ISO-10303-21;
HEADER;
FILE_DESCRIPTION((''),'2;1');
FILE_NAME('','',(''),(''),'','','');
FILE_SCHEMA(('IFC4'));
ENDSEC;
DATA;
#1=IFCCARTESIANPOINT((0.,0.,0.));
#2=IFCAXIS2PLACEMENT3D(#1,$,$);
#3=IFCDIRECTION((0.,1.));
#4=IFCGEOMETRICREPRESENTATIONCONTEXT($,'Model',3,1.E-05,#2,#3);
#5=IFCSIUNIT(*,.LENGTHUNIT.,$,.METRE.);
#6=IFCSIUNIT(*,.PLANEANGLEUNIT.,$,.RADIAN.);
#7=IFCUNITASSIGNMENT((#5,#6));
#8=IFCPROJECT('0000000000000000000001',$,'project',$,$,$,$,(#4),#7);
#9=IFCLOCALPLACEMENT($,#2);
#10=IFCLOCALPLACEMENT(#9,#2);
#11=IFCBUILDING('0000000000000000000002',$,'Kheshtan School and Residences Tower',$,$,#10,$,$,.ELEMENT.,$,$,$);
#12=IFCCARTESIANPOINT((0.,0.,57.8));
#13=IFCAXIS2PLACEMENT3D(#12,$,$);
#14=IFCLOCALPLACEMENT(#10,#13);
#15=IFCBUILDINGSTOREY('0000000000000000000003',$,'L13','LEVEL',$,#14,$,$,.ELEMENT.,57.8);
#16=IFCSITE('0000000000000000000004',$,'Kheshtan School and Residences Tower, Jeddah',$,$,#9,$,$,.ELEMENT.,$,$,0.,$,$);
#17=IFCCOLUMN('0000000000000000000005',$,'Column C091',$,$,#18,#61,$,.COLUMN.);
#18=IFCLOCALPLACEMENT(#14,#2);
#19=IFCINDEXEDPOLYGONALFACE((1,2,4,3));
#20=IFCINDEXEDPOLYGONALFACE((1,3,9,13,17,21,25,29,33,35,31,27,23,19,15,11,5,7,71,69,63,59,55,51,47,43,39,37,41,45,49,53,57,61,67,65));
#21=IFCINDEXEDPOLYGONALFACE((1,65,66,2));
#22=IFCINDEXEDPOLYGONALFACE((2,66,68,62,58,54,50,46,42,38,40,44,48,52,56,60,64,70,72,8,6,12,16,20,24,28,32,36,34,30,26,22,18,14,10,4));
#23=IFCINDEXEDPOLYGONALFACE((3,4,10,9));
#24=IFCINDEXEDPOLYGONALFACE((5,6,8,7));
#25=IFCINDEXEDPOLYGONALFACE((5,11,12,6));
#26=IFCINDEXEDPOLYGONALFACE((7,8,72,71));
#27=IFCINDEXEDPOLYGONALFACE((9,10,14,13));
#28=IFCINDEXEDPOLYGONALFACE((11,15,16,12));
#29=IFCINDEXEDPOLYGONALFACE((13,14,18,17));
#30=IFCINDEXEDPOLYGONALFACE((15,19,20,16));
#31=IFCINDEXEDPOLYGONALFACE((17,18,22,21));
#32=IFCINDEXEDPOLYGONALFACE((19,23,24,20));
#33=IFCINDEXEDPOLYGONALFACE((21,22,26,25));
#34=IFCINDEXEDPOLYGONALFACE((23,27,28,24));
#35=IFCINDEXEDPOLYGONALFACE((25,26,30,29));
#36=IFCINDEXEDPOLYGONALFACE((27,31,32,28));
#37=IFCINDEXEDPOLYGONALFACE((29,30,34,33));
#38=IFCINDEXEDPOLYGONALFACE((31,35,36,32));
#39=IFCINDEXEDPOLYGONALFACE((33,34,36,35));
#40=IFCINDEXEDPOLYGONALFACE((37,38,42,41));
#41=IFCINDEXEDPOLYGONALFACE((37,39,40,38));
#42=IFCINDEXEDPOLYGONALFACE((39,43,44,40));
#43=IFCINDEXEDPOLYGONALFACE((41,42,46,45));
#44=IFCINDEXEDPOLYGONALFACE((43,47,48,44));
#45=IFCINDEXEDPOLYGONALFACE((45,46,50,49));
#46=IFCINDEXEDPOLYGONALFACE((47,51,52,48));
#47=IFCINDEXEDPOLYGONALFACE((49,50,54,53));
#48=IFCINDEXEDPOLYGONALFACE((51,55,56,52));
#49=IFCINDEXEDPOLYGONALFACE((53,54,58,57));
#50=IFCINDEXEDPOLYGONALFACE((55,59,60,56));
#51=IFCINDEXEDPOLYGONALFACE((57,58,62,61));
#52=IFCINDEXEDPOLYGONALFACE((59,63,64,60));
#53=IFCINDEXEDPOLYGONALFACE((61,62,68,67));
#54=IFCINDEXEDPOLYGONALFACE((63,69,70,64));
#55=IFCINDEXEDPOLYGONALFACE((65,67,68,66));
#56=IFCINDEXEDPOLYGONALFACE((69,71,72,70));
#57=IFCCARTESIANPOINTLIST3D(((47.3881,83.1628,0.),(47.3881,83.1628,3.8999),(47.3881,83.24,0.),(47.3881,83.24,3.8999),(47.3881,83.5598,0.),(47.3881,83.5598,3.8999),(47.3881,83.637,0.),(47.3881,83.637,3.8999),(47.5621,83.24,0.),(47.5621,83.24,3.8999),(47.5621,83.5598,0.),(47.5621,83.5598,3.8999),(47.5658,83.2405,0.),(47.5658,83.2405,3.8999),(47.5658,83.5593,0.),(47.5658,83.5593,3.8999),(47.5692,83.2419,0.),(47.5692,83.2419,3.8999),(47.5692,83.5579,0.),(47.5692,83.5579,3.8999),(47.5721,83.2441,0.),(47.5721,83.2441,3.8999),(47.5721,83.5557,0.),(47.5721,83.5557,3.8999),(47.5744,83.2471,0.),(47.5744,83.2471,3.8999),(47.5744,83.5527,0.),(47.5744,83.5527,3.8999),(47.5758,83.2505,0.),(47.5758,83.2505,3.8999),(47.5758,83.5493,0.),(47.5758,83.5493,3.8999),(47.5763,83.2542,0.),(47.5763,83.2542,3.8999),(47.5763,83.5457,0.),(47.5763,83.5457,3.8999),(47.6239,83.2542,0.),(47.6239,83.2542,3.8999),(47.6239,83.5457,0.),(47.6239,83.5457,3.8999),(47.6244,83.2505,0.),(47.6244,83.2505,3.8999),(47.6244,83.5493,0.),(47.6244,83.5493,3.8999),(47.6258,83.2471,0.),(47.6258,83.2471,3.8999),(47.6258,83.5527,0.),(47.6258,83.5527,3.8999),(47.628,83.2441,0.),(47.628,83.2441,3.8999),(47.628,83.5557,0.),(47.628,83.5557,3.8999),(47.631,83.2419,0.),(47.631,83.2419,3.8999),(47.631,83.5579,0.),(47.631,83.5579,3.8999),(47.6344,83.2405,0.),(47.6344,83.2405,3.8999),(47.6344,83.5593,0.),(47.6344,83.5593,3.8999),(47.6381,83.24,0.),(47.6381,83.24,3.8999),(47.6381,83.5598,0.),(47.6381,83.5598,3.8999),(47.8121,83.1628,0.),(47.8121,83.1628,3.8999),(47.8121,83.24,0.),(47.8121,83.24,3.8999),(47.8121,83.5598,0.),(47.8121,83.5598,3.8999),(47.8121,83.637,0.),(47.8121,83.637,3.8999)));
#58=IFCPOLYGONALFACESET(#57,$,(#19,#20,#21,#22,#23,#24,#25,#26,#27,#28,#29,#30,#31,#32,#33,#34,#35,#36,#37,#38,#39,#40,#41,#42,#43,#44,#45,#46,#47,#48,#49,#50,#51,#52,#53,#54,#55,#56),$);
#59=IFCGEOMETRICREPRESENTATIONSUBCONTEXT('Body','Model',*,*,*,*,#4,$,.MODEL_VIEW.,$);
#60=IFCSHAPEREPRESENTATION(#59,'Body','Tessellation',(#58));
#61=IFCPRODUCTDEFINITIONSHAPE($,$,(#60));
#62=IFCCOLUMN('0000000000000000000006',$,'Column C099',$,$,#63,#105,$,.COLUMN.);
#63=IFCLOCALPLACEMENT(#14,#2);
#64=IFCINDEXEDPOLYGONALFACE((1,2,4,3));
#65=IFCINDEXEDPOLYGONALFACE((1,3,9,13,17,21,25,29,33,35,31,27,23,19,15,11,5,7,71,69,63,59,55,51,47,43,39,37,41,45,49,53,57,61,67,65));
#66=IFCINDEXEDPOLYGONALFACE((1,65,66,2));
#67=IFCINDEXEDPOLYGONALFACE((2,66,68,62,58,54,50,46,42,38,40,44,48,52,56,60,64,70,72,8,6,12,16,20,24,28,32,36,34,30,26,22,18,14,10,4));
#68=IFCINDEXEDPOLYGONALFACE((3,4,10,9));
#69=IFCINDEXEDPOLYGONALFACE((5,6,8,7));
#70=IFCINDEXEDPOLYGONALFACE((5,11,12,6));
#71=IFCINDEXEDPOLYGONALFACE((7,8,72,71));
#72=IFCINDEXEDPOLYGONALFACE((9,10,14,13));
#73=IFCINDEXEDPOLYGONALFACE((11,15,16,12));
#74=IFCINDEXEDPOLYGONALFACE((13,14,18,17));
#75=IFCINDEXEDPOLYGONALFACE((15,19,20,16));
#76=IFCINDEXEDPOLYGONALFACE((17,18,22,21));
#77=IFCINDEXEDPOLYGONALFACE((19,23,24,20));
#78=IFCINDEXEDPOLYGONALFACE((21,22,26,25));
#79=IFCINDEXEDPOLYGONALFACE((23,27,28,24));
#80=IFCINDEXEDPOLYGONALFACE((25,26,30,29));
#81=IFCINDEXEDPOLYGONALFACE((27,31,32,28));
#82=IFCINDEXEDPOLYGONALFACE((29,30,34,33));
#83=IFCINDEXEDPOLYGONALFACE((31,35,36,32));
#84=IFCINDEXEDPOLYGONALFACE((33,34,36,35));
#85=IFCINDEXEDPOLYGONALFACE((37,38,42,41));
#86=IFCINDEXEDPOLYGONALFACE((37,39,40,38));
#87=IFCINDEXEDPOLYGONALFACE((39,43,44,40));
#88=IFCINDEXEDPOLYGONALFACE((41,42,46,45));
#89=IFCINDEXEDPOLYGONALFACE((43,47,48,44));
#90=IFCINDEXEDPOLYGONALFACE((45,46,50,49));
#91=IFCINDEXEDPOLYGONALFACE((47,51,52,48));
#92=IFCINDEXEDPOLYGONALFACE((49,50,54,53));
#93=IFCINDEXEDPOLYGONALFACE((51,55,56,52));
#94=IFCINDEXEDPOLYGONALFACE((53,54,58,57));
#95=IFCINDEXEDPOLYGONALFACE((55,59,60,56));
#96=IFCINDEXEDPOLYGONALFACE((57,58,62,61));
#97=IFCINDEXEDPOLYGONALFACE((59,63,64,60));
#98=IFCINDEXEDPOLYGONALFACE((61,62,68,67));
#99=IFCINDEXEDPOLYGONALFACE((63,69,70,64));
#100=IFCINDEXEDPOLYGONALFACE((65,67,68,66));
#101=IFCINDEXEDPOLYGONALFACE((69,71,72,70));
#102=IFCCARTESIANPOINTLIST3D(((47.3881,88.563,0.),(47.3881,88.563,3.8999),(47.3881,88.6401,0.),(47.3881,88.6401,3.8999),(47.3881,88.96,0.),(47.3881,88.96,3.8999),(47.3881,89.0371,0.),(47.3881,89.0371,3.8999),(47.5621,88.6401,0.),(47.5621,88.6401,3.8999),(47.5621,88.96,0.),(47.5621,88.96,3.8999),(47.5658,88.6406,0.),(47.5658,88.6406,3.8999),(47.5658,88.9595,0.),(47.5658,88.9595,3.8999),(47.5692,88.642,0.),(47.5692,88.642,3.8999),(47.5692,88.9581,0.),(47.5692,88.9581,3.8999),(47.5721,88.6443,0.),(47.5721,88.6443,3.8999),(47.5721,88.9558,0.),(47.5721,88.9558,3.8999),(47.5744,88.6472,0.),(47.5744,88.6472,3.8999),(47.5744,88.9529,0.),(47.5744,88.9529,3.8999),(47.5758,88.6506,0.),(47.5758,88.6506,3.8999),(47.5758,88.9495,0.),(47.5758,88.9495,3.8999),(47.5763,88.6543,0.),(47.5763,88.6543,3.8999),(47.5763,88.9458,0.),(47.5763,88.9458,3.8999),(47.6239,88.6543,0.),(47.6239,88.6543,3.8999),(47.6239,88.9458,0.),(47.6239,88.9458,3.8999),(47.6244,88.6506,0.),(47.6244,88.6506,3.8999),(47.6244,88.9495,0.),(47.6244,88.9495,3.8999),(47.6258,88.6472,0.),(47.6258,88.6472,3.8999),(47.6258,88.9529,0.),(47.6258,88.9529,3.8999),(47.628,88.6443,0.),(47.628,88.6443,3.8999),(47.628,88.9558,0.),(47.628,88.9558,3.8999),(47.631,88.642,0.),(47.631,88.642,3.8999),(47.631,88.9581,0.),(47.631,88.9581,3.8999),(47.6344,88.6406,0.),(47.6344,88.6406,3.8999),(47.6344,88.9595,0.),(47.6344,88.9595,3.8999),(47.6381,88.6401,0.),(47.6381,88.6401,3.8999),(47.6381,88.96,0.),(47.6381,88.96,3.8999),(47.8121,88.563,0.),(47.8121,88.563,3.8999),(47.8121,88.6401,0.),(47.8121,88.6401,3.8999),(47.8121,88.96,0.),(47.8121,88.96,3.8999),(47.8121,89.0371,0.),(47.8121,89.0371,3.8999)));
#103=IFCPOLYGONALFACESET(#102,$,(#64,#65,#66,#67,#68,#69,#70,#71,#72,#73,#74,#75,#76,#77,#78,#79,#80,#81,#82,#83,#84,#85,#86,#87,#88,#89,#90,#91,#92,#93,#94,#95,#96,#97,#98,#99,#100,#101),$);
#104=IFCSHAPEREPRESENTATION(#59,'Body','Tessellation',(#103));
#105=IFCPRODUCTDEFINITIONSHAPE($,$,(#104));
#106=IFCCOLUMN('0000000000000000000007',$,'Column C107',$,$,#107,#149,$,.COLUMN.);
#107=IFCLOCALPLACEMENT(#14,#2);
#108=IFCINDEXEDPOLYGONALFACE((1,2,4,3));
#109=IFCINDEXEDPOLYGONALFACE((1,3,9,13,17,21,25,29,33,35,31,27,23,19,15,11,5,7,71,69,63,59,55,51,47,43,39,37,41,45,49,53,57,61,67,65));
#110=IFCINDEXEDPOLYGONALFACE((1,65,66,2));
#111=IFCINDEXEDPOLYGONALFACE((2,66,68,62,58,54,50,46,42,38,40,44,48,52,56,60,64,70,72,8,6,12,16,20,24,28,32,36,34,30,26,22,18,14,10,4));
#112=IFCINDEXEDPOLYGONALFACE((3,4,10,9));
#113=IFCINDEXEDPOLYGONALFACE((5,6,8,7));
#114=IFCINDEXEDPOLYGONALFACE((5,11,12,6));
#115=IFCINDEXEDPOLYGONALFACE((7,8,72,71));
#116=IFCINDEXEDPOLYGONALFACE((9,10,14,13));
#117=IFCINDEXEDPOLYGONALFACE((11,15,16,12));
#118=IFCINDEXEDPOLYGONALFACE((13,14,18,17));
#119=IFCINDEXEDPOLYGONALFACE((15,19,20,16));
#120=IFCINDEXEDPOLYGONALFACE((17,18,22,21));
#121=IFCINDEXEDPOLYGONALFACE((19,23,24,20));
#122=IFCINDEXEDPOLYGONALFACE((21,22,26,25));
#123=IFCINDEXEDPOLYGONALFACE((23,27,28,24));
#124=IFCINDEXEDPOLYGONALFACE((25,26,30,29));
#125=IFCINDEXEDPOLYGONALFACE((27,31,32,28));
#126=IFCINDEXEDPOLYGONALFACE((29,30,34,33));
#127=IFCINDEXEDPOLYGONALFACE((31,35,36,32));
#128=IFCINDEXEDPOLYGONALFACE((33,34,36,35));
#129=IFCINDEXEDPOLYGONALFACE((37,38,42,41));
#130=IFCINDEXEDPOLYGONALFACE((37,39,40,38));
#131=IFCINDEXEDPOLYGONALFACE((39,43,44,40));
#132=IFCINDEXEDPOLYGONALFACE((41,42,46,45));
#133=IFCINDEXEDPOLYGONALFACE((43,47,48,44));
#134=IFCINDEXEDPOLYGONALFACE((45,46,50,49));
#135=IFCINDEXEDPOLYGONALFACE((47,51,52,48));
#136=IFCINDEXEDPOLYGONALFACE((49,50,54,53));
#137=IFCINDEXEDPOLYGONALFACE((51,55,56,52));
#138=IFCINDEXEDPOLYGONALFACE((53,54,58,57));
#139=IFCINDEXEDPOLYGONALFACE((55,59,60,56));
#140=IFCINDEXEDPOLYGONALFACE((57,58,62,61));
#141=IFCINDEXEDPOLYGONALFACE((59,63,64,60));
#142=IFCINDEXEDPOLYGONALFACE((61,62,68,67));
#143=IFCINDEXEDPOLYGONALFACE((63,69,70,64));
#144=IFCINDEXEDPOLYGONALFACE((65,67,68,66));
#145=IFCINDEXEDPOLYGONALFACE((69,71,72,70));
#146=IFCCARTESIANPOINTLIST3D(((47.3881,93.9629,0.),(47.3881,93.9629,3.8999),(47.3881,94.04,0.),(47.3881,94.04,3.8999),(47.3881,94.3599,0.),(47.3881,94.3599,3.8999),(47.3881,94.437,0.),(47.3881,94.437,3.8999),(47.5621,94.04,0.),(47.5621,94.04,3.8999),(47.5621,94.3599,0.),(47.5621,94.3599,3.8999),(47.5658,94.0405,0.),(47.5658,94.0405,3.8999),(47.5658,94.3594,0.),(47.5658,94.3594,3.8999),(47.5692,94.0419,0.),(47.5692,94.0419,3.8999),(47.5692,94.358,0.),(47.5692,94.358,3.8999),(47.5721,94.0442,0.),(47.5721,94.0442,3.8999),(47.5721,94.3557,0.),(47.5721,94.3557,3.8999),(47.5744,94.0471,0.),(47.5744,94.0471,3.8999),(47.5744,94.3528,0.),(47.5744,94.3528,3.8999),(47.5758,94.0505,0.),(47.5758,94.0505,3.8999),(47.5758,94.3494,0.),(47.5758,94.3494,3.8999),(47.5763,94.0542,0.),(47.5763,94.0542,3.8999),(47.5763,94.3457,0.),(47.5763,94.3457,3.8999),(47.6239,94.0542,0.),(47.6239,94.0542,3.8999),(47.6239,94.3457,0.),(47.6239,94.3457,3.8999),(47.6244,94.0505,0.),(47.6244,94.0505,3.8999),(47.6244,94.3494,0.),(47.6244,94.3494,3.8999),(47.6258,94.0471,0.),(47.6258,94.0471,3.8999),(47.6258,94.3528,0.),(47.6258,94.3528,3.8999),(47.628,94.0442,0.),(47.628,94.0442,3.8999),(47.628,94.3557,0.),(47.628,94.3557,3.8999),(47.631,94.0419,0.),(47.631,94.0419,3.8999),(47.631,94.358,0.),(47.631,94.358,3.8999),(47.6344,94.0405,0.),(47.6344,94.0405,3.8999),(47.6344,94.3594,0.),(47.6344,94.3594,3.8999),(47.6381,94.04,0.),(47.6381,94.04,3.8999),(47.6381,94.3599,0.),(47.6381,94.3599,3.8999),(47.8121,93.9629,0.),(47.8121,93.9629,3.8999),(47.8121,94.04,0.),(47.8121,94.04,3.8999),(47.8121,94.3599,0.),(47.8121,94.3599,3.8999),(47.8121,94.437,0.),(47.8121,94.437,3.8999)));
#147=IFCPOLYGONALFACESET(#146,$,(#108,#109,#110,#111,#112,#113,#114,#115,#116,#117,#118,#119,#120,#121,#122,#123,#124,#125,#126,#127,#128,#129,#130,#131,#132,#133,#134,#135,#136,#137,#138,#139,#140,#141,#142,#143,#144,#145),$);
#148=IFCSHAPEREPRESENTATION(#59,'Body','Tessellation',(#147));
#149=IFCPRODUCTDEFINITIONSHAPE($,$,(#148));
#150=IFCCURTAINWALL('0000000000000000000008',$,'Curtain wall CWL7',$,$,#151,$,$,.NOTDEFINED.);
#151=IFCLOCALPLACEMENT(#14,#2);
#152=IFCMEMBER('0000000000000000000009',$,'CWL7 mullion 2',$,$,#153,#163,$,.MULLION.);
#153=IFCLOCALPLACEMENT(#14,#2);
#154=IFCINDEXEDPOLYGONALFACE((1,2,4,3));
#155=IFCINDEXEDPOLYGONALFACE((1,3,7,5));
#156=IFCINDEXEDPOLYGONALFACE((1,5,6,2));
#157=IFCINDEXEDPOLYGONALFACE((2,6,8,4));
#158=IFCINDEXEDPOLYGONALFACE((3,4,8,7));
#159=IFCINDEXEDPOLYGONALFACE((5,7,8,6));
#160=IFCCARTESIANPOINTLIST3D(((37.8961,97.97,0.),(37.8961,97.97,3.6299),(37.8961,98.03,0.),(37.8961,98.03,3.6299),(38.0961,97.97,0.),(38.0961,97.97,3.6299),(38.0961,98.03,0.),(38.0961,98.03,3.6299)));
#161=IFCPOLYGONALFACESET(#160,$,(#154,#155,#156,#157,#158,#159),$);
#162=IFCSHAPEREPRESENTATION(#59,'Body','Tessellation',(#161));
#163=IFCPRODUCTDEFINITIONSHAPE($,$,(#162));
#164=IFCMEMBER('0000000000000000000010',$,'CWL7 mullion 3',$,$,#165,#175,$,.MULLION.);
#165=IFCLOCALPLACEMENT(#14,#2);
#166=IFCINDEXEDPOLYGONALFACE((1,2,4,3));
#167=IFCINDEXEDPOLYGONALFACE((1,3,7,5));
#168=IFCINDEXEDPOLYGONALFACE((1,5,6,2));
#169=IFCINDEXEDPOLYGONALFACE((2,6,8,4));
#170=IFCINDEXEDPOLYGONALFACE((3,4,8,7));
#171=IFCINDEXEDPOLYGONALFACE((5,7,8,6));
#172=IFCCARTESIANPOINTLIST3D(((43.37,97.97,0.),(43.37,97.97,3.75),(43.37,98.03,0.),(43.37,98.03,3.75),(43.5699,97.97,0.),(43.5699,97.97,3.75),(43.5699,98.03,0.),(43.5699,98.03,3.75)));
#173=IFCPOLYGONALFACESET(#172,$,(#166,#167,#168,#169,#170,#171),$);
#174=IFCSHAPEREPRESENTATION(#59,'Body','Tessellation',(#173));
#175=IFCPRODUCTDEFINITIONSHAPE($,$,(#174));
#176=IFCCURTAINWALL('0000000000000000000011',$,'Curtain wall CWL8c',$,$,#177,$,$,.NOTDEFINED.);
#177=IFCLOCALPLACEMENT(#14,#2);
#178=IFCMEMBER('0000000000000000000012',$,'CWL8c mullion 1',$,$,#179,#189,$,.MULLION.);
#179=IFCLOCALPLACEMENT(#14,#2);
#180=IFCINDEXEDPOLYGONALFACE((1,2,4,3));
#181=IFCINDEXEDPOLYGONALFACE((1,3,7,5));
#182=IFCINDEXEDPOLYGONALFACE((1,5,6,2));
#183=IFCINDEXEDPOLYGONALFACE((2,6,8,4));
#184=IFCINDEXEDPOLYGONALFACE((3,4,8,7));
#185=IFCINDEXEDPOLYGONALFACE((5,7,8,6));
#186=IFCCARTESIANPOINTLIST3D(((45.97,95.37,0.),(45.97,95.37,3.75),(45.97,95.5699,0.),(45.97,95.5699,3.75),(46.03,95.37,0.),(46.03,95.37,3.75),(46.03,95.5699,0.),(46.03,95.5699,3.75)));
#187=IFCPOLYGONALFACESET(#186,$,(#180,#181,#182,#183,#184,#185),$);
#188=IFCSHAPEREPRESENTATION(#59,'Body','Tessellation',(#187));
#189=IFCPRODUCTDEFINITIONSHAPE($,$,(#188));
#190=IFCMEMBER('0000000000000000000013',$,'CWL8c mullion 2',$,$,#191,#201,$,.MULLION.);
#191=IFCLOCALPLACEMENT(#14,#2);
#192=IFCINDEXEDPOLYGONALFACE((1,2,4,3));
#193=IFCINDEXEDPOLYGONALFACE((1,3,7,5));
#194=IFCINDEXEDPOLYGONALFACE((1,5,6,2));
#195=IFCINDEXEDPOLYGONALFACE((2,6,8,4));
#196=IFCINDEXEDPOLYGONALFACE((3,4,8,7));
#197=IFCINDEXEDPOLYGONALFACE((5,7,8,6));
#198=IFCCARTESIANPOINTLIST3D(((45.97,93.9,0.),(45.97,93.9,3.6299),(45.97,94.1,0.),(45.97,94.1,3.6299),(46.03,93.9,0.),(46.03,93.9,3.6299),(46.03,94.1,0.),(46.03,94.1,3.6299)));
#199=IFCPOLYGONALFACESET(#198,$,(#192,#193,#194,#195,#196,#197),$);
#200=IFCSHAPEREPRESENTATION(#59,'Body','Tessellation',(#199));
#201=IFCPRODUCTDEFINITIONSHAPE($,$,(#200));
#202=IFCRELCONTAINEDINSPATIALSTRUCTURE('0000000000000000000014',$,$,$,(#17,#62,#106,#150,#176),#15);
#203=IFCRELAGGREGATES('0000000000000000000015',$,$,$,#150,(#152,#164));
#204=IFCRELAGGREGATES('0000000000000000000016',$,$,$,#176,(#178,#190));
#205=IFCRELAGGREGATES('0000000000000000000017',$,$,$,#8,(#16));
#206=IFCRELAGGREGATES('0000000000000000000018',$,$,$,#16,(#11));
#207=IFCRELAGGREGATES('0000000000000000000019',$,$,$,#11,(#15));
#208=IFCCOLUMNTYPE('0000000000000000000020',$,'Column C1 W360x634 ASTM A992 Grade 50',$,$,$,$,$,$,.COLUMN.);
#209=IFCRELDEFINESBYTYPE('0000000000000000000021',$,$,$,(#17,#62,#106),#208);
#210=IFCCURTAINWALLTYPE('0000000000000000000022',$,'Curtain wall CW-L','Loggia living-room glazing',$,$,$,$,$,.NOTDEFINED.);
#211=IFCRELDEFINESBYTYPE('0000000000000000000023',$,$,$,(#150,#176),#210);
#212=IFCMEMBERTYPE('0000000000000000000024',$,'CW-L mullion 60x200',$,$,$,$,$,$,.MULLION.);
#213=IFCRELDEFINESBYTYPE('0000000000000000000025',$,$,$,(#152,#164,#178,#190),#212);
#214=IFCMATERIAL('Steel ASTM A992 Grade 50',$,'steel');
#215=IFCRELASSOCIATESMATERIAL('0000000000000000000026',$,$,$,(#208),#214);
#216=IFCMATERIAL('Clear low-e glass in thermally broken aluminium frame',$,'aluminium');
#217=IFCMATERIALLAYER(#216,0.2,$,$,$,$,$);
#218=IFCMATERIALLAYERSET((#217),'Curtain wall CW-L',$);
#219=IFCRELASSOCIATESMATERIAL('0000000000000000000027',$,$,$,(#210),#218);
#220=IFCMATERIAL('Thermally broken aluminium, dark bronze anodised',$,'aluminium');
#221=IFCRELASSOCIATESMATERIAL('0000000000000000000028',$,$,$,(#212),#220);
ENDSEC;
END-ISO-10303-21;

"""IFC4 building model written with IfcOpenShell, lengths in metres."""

from ifc_helpers import new_model, si_unit, direction, frame, origin, origin_2d, place, context, subcontext, project, spatial, rectangle, i_section, extrude, material, layer, layer_set, material_profile, profile_set, type_object, element, aggregate, save


model = new_model("IFC4")

# Units and contexts
model_context = context("Model", 3, precision=1e-05, world=origin(), true_north=direction((0.0, 1.0)))
body_context = subcontext(model_context, "Body", "Model", "MODEL_VIEW")
ifc_project = project(units=[si_unit("LENGTHUNIT", "METRE"), si_unit("PLANEANGLEUNIT", "RADIAN")], contexts=[model_context])

# Site, building, storey
site_placement = place(None, origin())
site = spatial("IfcSite", under=ifc_project, at=site_placement, Name="Kheshtan School and Residences Tower, Jeddah", CompositionType="ELEMENT", RefElevation=0.0)
building_placement = place(site_placement, origin())
building = spatial("IfcBuilding", under=site, at=building_placement, Name="Kheshtan School and Residences Tower", CompositionType="ELEMENT")
storey_placement = place(building_placement, frame((0.0, 0.0, 57.8)))
storey = spatial("IfcBuildingStorey", under=building, at=storey_placement, Name="L13", Description="LEVEL", CompositionType="ELEMENT", Elevation=57.8)

# Columns
ifc_material_1 = material(Name="Steel ASTM A992 Grade 50", Category="steel")
ifc_material_profile_1 = material_profile(ifc_material_1, i_section(OverallWidth=0.4241, OverallDepth=0.4741, WebThickness=0.0476, FlangeThickness=0.0771, FilletRadius=0.0142, at=origin_2d()), Name="W360x634")
ifc_profile_set_1 = profile_set([ifc_material_profile_1], Name="Steel ASTM A992 Grade 50")
column_type = type_object("IfcColumnType", Name="Column C1 W360x634 ASTM A992 Grade 50", PredefinedType="COLUMN", material=ifc_profile_set_1)
for number, where, z_axis, x_axis, name in (
    (1, (47.6001, 83.3999, 0.0), (0.0, 0.0, 1.0), (1.0, 0.0, 0.0), "Column C091"),
    (2, (47.6001, 88.8, 0.0), (0.0, 0.0, 1.0), (1.0, 0.0, 0.0), "Column C099"),
    (3, (47.6001, 94.2, 0.0), (0.0, 0.0, 1.0), (1.0, 0.0, 0.0), "Column C107"),
):
    element("IfcColumn", number, at=place(storey_placement, frame(where, z_axis=z_axis, x_axis=x_axis)), inside=storey, type_object=column_type, Name=name, PredefinedType="COLUMN", context=body_context, shape_type="SweptSolid", body=[
        extrude(i_section(OverallWidth=0.4241, OverallDepth=0.4741, WebThickness=0.0476, FlangeThickness=0.0771, FilletRadius=0.0142, at=origin_2d()), origin(), (0.0, 0.0, 1.0), 3.8999),
    ])

# Curtain walls, members
ifc_material_2 = material(Name="Clear low-e glass in thermally broken aluminium frame", Category="aluminium")
ifc_layer_1 = layer(ifc_material_2, 0.2)
ifc_layer_set_1 = layer_set([ifc_layer_1], Name="Curtain wall CW-L")
curtain_wall_type = type_object("IfcCurtainWallType", Name="Curtain wall CW-L", Description="Loggia living-room glazing", PredefinedType="NOTDEFINED", material=ifc_layer_set_1)
curtain_wall_1_placement = place(storey_placement, origin())
curtain_wall_1 = element("IfcCurtainWall", 4, at=curtain_wall_1_placement, inside=storey, type_object=curtain_wall_type, Name="Curtain wall CWL7", PredefinedType="NOTDEFINED")
ifc_material_3 = material(Name="Thermally broken aluminium, dark bronze anodised", Category="aluminium")
ifc_material_profile_2 = material_profile(ifc_material_3, rectangle(XDim=0.0601, YDim=0.2, at=origin_2d()), Name="CW-L mullion 60x200")
ifc_profile_set_2 = profile_set([ifc_material_profile_2], Name="Thermally broken aluminium, dark bronze anodised")
member_type_1 = type_object("IfcMemberType", Name="CW-L mullion 60x200", PredefinedType="MULLION", material=ifc_profile_set_2)
member_1_placement = place(storey_placement, frame((37.9961, 98.0, 0.0), z_axis=(0.0, 0.0, 1.0), x_axis=(0.0, 1.0, 0.0)))
member_1 = element("IfcMember", 5, at=member_1_placement, type_object=member_type_1, Name="CWL7 mullion 2", PredefinedType="MULLION", context=body_context, shape_type="SweptSolid", body=[
    extrude(rectangle(XDim=0.0601, YDim=0.2, at=origin_2d()), origin(), (0.0, 0.0, 1.0), 3.6299),
])
member_2_placement = place(storey_placement, frame((43.47, 98.0, 0.0), z_axis=(0.0, 0.0, 1.0), x_axis=(0.0, 1.0, 0.0)))
member_2 = element("IfcMember", 6, at=member_2_placement, type_object=member_type_1, Name="CWL7 mullion 3", PredefinedType="MULLION", context=body_context, shape_type="SweptSolid", body=[
    extrude(rectangle(XDim=0.0601, YDim=0.2, at=origin_2d()), origin(), (0.0, 0.0, 1.0), 3.75),
])
curtain_wall_2_placement = place(storey_placement, origin())
curtain_wall_2 = element("IfcCurtainWall", 7, at=curtain_wall_2_placement, inside=storey, type_object=curtain_wall_type, Name="Curtain wall CWL8c", PredefinedType="NOTDEFINED")
member_3_placement = place(storey_placement, frame((46.0, 95.47, 0.0), z_axis=(0.0, 0.0, 1.0), x_axis=(1.0, 0.0, 0.0)))
member_3 = element("IfcMember", 8, at=member_3_placement, type_object=member_type_1, Name="CWL8c mullion 1", PredefinedType="MULLION", context=body_context, shape_type="SweptSolid", body=[
    extrude(rectangle(XDim=0.0601, YDim=0.2, at=origin_2d()), origin(), (0.0, 0.0, 1.0), 3.75),
])
member_4_placement = place(storey_placement, frame((46.0, 94.0, 0.0), z_axis=(0.0, 0.0, 1.0), x_axis=(1.0, 0.0, 0.0)))
member_4 = element("IfcMember", 9, at=member_4_placement, type_object=member_type_1, Name="CWL8c mullion 2", PredefinedType="MULLION", context=body_context, shape_type="SweptSolid", body=[
    extrude(rectangle(XDim=0.0601, YDim=0.2, at=origin_2d()), origin(), (0.0, 0.0, 1.0), 3.6299),
])

aggregate(curtain_wall_1, [member_1, member_2])
aggregate(curtain_wall_2, [member_3, member_4])

save(model, "model.ifc")
